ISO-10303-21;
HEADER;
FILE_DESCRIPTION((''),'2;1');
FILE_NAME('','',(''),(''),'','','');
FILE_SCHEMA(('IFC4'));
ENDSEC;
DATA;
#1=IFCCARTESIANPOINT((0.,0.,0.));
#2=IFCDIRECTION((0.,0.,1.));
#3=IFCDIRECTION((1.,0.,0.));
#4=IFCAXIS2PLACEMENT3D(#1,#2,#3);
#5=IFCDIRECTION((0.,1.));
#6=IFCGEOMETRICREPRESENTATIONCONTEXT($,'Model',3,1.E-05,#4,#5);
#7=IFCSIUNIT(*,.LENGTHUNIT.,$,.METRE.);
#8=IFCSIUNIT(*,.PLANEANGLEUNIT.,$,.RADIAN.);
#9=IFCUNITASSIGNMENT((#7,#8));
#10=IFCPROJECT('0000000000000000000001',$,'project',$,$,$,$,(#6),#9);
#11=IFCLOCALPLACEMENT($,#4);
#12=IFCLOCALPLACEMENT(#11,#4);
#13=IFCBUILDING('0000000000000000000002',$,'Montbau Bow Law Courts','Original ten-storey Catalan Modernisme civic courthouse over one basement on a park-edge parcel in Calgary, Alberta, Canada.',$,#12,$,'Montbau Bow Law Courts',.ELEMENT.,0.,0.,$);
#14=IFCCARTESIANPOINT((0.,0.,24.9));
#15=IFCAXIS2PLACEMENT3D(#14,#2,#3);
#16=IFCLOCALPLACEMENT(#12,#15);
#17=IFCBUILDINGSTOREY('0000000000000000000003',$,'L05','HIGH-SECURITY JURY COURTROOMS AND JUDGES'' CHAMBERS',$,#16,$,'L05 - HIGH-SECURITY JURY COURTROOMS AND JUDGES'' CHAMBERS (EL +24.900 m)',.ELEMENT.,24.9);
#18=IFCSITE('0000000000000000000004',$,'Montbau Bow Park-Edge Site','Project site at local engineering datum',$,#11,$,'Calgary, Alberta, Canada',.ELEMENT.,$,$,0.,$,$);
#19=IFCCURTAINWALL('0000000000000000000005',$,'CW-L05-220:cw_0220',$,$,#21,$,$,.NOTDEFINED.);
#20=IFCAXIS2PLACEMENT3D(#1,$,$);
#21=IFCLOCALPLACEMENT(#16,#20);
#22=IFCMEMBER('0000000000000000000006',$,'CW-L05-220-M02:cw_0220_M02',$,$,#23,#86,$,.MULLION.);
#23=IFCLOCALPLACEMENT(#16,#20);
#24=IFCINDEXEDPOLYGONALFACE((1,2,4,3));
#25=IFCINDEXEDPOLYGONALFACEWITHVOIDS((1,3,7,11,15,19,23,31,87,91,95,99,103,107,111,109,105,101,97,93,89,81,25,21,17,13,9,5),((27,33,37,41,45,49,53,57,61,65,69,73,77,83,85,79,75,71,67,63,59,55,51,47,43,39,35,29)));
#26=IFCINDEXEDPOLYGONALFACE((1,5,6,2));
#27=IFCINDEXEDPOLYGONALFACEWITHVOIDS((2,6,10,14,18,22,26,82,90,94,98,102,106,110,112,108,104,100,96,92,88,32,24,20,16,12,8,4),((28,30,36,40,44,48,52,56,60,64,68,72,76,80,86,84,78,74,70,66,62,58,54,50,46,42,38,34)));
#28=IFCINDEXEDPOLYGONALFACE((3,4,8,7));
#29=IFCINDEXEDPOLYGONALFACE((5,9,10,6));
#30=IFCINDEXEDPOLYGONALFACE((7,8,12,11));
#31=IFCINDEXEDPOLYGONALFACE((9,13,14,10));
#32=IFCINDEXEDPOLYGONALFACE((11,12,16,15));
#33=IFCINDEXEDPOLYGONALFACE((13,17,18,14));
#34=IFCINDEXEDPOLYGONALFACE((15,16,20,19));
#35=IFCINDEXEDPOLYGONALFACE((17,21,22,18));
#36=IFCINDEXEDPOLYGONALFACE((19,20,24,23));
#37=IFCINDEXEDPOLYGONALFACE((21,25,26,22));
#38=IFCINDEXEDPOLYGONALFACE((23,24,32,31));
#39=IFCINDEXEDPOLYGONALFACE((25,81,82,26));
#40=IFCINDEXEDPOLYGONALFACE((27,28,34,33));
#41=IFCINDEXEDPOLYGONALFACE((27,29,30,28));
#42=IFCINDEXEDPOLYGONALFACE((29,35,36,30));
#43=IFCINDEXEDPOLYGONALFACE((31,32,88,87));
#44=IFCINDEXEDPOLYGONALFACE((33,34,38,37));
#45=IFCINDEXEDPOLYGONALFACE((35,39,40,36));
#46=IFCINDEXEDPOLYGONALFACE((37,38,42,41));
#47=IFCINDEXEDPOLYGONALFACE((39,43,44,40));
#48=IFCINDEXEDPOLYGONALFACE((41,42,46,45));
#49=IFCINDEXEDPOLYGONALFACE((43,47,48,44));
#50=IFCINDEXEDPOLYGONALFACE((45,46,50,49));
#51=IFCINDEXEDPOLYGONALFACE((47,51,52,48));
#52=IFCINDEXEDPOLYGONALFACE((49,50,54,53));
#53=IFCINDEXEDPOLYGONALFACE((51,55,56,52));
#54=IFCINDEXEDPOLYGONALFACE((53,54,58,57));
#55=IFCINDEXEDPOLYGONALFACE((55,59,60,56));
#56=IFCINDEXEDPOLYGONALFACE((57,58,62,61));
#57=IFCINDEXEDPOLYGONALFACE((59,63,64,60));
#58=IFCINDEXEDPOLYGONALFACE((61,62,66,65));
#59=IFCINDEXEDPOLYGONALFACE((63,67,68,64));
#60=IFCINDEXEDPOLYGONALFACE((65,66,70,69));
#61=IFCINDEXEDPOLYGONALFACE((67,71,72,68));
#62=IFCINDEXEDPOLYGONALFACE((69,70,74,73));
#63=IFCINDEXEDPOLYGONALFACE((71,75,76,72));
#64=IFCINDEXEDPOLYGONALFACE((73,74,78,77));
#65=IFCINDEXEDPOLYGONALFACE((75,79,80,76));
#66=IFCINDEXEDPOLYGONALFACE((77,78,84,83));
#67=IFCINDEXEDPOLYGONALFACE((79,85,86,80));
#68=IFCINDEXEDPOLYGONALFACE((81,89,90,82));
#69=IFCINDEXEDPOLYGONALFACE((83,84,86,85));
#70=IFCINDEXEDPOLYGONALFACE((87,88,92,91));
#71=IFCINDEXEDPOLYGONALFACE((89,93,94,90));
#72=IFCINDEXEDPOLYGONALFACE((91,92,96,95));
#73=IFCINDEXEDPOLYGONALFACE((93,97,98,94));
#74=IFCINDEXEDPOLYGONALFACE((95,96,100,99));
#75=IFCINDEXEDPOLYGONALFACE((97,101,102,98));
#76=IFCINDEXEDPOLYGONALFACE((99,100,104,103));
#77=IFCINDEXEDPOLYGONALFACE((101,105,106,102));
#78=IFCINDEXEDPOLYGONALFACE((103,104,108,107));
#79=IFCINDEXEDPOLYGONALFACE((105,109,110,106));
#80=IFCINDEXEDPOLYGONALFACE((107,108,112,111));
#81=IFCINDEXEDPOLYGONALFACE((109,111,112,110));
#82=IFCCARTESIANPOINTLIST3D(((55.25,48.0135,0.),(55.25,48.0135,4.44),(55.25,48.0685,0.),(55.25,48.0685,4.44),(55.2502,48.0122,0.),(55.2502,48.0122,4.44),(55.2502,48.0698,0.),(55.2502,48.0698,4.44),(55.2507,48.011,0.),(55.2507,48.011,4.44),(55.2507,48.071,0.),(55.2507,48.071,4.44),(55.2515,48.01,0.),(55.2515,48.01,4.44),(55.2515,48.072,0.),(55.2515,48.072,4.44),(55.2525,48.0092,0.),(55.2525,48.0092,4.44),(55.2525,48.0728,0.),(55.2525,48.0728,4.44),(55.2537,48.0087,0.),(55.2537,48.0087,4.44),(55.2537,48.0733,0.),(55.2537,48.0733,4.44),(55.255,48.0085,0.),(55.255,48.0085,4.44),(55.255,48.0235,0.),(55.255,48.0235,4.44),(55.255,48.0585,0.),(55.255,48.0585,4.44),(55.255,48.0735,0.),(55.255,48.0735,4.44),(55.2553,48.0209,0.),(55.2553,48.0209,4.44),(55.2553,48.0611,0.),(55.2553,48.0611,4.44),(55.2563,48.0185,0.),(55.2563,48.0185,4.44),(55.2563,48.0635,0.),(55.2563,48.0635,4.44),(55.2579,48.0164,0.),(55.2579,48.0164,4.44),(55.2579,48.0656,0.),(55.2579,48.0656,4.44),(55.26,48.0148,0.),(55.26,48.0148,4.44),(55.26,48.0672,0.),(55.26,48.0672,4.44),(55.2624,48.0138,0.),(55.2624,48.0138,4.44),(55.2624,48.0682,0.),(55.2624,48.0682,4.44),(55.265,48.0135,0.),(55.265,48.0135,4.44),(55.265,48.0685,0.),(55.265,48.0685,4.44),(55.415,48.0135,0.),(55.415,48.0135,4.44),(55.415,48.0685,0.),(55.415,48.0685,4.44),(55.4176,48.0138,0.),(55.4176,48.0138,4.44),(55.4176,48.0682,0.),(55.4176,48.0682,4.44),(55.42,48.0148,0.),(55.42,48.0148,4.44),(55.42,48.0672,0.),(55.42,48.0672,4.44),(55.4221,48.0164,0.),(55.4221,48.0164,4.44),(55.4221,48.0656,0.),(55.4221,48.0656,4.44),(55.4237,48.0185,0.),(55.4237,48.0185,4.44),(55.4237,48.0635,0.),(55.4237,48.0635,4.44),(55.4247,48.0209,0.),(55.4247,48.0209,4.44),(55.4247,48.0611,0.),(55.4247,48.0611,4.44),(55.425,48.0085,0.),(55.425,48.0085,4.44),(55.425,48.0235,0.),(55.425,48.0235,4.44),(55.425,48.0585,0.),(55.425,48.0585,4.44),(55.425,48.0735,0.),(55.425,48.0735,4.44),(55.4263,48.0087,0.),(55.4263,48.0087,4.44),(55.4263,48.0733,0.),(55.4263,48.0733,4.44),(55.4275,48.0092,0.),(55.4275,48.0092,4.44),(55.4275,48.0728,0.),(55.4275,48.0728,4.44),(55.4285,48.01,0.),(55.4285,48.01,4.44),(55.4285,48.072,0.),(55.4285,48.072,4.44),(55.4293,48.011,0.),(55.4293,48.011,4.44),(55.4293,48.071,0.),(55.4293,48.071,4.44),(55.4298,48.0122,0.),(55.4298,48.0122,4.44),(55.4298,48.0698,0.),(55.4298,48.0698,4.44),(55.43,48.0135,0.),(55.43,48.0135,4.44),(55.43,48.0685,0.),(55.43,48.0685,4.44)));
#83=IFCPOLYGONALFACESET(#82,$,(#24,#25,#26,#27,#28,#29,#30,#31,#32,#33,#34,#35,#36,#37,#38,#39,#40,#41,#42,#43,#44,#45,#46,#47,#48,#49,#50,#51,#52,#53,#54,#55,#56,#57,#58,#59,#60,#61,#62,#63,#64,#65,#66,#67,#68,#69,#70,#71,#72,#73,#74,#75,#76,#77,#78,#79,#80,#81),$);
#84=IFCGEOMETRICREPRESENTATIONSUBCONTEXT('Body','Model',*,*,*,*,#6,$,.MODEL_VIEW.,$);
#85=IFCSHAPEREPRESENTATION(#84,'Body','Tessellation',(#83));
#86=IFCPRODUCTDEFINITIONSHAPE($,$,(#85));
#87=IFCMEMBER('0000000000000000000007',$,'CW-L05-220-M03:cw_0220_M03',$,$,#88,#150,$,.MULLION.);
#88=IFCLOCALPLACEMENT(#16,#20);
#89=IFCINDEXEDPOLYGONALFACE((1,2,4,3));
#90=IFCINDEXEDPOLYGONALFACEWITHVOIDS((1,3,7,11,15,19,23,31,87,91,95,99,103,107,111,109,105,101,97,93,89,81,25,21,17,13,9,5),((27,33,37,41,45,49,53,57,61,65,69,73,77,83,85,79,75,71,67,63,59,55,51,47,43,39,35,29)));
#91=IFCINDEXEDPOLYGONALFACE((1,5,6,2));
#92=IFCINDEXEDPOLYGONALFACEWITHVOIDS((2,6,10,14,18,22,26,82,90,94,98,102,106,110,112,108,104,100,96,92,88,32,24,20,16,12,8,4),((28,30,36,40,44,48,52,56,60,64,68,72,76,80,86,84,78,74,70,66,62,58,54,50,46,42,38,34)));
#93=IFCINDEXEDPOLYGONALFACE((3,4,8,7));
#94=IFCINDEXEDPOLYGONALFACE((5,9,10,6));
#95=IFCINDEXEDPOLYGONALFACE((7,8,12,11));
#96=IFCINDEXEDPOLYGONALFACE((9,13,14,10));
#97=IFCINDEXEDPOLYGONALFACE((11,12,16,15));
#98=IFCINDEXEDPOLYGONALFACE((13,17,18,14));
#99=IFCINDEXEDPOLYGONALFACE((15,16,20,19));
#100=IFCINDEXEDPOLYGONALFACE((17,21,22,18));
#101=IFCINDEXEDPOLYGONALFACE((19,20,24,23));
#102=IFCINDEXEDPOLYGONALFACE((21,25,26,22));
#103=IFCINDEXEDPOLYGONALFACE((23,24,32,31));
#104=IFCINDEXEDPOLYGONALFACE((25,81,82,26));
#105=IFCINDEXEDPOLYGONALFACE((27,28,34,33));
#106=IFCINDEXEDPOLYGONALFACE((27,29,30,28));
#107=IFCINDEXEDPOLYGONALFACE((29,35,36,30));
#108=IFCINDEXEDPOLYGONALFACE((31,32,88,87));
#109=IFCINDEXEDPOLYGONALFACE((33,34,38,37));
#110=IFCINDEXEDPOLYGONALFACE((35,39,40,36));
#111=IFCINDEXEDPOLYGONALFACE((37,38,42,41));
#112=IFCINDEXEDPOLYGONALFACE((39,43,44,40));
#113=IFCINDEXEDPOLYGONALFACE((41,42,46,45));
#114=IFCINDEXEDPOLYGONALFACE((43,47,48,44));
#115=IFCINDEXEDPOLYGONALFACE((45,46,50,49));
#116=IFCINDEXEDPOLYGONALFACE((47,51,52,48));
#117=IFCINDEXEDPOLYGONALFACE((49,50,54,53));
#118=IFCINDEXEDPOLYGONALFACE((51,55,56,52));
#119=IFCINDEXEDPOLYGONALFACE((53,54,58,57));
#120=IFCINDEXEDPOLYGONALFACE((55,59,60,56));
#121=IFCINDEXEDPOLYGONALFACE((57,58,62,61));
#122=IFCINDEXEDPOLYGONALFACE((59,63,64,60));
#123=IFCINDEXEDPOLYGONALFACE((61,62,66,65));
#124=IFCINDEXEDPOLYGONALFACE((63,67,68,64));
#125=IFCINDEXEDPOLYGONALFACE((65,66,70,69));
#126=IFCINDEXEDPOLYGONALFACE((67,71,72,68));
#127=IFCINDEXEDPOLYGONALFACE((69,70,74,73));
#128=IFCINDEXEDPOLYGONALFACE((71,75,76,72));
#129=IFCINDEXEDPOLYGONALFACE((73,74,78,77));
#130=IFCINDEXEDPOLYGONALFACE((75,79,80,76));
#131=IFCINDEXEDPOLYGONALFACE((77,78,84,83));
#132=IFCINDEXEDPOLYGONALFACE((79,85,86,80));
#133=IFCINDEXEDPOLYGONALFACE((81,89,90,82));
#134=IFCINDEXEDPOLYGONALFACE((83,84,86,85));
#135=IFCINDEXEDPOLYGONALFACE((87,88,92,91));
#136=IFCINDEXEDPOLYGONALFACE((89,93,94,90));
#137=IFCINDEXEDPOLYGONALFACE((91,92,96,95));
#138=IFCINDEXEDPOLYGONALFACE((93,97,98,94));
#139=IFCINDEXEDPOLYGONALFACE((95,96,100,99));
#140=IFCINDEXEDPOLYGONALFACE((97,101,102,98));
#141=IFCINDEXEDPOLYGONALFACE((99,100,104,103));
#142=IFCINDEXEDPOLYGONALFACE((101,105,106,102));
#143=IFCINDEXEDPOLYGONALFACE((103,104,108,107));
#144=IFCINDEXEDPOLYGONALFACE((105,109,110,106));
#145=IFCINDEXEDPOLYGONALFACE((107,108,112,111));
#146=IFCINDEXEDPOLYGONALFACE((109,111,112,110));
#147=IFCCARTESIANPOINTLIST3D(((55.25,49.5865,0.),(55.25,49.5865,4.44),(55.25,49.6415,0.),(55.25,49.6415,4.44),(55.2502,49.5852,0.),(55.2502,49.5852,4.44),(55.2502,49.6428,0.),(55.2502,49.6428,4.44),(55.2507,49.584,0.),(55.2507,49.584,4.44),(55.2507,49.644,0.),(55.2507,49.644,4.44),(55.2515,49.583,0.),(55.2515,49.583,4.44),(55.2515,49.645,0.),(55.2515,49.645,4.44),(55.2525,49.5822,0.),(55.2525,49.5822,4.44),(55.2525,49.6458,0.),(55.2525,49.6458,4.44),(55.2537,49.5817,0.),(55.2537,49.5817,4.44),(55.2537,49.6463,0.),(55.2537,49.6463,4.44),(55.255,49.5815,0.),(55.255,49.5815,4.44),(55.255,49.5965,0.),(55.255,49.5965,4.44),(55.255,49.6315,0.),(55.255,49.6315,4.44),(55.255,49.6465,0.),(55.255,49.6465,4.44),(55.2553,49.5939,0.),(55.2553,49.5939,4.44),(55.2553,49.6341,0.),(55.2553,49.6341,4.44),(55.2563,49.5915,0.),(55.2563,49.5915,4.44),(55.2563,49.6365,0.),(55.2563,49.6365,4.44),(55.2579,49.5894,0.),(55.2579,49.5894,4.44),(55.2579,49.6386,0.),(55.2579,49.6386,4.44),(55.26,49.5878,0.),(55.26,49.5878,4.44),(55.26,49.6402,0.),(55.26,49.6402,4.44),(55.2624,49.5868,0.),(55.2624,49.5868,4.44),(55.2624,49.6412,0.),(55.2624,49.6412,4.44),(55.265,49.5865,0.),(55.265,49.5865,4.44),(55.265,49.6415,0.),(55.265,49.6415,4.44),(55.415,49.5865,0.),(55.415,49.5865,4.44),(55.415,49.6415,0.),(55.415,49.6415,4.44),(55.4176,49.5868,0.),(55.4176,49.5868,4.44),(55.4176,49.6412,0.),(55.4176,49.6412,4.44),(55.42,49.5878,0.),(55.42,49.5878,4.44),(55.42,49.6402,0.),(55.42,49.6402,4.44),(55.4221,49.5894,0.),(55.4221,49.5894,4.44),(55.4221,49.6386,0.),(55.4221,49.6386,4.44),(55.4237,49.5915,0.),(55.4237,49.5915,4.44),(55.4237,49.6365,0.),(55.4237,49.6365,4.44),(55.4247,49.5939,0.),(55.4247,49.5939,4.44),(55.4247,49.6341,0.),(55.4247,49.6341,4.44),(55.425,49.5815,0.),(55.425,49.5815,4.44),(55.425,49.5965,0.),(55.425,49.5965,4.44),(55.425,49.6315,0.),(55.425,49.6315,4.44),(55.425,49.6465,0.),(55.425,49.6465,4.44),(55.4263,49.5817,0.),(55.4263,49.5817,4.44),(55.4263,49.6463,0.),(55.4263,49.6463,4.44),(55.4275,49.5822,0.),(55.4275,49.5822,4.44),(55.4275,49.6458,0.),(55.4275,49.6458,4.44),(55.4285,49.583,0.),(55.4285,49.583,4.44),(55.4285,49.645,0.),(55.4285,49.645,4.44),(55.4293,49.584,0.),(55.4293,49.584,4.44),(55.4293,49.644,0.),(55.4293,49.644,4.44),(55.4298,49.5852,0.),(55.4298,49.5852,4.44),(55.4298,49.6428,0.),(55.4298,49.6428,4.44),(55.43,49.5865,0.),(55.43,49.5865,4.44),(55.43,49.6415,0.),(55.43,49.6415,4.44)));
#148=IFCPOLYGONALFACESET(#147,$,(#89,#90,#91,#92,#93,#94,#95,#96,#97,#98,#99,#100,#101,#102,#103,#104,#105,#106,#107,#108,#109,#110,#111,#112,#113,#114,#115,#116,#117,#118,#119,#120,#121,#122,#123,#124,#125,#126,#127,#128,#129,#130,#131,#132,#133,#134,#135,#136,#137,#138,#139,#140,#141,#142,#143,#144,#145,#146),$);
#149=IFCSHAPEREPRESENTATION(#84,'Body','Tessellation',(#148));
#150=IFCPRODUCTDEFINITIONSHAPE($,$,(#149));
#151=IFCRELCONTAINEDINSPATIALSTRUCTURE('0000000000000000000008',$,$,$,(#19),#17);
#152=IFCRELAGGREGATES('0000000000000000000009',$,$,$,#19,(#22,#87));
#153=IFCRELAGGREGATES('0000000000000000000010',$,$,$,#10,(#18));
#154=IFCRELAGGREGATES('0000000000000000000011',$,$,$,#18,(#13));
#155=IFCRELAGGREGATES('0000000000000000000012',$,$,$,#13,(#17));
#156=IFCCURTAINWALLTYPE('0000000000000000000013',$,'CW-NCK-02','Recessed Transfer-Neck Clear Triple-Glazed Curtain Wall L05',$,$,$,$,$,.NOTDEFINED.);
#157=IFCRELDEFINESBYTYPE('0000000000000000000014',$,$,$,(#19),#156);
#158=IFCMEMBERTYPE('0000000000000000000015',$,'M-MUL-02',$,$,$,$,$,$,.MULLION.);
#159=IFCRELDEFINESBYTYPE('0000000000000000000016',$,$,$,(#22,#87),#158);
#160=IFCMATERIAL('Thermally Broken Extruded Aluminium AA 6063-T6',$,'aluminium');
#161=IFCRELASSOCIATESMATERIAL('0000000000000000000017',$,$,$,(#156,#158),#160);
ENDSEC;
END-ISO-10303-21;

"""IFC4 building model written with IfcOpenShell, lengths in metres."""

from ifc_helpers import new_model, si_unit, direction, frame, origin_with_axes, origin_2d_with_axis, place, context, subcontext, project, spatial, hollow_rectangle, extrude, material, material_profile, profile_set, type_object, element, aggregate, save


model = new_model("IFC4")

# Units and contexts
model_context = context("Model", 3, precision=1e-05, world=origin_with_axes(), true_north=direction((0.0, 1.0)))
body_context = subcontext(model_context, "Body", "Model", "MODEL_VIEW")
ifc_project = project(units=[si_unit("LENGTHUNIT", "METRE"), si_unit("PLANEANGLEUNIT", "RADIAN")], contexts=[model_context])

# Site, building, storey
site_placement = place(None, origin_with_axes())
site = spatial("IfcSite", under=ifc_project, at=site_placement, Name="Montbau Bow Park-Edge Site", Description="Project site at local engineering datum", LongName="Calgary, Alberta, Canada", CompositionType="ELEMENT", RefElevation=0.0)
building_placement = place(site_placement, origin_with_axes())
building = spatial("IfcBuilding", under=site, at=building_placement, Name="Montbau Bow Law Courts", Description="Original ten-storey Catalan Modernisme civic courthouse over one basement on a park-edge parcel in Calgary, Alberta, Canada.", LongName="Montbau Bow Law Courts", CompositionType="ELEMENT", ElevationOfRefHeight=0.0, ElevationOfTerrain=0.0)
storey_placement = place(building_placement, frame((0.0, 0.0, 24.9), z_axis=(0.0, 0.0, 1.0), x_axis=(1.0, 0.0, 0.0)))
storey = spatial("IfcBuildingStorey", under=building, at=storey_placement, Name="L05", Description="HIGH-SECURITY JURY COURTROOMS AND JUDGES' CHAMBERS", LongName="L05 - HIGH-SECURITY JURY COURTROOMS AND JUDGES' CHAMBERS (EL +24.900 m)", CompositionType="ELEMENT", Elevation=24.9)

# Curtain wall, members
ifc_material_1 = material(Name="Thermally Broken Extruded Aluminium AA 6063-T6", Category="aluminium")
curtain_wall_type = type_object("IfcCurtainWallType", Name="CW-NCK-02", Description="Recessed Transfer-Neck Clear Triple-Glazed Curtain Wall L05", PredefinedType="NOTDEFINED", material=ifc_material_1)
curtain_wall_placement = place(None, frame((55.34, 46.468, 24.9), z_axis=(0.0, 0.0, 1.0), x_axis=(1.0, 0.0, 0.0)))
curtain_wall = element("IfcCurtainWall", 1, at=curtain_wall_placement, inside=storey, type_object=curtain_wall_type, Name="CW-L05-220:cw_0220", PredefinedType="NOTDEFINED")
ifc_material_profile_1 = material_profile(ifc_material_1, hollow_rectangle(XDim=0.065, YDim=0.18, WallThickness=0.005, InnerFilletRadius=0.01, OuterFilletRadius=0.005, at=origin_2d_with_axis()), Name="CWM-180X65", Category="Main", Priority=0)
ifc_profile_set_1 = profile_set([ifc_material_profile_1], Name="Thermally Broken Extruded Aluminium AA 6063-T6")
member_type_1 = type_object("IfcMemberType", Name="M-MUL-02", PredefinedType="MULLION", material=ifc_profile_set_1)
member_1_placement = place(None, frame((55.34, 48.041, 24.9), z_axis=(0.0, 0.0, 1.0), x_axis=(0.0, 1.0, 0.0)))
member_1 = element("IfcMember", 2, at=member_1_placement, type_object=member_type_1, Name="CW-L05-220-M02:cw_0220_M02", PredefinedType="MULLION", context=body_context, shape_type="SweptSolid", body=[
    extrude(hollow_rectangle(XDim=0.065, YDim=0.18, WallThickness=0.005, InnerFilletRadius=0.01, OuterFilletRadius=0.005, at=origin_2d_with_axis()), origin_with_axes(), (0.0, 0.0, 1.0), 4.44),
])
member_2_placement = place(None, frame((55.34, 49.614, 24.9), z_axis=(0.0, 0.0, 1.0), x_axis=(0.0, 1.0, 0.0)))
member_2 = element("IfcMember", 3, at=member_2_placement, type_object=member_type_1, Name="CW-L05-220-M03:cw_0220_M03", PredefinedType="MULLION", context=body_context, shape_type="SweptSolid", body=[
    extrude(hollow_rectangle(XDim=0.065, YDim=0.18, WallThickness=0.005, InnerFilletRadius=0.01, OuterFilletRadius=0.005, at=origin_2d_with_axis()), origin_with_axes(), (0.0, 0.0, 1.0), 4.44),
])
aggregate(curtain_wall, [member_1, member_2])

save(model, "model.ifc")
